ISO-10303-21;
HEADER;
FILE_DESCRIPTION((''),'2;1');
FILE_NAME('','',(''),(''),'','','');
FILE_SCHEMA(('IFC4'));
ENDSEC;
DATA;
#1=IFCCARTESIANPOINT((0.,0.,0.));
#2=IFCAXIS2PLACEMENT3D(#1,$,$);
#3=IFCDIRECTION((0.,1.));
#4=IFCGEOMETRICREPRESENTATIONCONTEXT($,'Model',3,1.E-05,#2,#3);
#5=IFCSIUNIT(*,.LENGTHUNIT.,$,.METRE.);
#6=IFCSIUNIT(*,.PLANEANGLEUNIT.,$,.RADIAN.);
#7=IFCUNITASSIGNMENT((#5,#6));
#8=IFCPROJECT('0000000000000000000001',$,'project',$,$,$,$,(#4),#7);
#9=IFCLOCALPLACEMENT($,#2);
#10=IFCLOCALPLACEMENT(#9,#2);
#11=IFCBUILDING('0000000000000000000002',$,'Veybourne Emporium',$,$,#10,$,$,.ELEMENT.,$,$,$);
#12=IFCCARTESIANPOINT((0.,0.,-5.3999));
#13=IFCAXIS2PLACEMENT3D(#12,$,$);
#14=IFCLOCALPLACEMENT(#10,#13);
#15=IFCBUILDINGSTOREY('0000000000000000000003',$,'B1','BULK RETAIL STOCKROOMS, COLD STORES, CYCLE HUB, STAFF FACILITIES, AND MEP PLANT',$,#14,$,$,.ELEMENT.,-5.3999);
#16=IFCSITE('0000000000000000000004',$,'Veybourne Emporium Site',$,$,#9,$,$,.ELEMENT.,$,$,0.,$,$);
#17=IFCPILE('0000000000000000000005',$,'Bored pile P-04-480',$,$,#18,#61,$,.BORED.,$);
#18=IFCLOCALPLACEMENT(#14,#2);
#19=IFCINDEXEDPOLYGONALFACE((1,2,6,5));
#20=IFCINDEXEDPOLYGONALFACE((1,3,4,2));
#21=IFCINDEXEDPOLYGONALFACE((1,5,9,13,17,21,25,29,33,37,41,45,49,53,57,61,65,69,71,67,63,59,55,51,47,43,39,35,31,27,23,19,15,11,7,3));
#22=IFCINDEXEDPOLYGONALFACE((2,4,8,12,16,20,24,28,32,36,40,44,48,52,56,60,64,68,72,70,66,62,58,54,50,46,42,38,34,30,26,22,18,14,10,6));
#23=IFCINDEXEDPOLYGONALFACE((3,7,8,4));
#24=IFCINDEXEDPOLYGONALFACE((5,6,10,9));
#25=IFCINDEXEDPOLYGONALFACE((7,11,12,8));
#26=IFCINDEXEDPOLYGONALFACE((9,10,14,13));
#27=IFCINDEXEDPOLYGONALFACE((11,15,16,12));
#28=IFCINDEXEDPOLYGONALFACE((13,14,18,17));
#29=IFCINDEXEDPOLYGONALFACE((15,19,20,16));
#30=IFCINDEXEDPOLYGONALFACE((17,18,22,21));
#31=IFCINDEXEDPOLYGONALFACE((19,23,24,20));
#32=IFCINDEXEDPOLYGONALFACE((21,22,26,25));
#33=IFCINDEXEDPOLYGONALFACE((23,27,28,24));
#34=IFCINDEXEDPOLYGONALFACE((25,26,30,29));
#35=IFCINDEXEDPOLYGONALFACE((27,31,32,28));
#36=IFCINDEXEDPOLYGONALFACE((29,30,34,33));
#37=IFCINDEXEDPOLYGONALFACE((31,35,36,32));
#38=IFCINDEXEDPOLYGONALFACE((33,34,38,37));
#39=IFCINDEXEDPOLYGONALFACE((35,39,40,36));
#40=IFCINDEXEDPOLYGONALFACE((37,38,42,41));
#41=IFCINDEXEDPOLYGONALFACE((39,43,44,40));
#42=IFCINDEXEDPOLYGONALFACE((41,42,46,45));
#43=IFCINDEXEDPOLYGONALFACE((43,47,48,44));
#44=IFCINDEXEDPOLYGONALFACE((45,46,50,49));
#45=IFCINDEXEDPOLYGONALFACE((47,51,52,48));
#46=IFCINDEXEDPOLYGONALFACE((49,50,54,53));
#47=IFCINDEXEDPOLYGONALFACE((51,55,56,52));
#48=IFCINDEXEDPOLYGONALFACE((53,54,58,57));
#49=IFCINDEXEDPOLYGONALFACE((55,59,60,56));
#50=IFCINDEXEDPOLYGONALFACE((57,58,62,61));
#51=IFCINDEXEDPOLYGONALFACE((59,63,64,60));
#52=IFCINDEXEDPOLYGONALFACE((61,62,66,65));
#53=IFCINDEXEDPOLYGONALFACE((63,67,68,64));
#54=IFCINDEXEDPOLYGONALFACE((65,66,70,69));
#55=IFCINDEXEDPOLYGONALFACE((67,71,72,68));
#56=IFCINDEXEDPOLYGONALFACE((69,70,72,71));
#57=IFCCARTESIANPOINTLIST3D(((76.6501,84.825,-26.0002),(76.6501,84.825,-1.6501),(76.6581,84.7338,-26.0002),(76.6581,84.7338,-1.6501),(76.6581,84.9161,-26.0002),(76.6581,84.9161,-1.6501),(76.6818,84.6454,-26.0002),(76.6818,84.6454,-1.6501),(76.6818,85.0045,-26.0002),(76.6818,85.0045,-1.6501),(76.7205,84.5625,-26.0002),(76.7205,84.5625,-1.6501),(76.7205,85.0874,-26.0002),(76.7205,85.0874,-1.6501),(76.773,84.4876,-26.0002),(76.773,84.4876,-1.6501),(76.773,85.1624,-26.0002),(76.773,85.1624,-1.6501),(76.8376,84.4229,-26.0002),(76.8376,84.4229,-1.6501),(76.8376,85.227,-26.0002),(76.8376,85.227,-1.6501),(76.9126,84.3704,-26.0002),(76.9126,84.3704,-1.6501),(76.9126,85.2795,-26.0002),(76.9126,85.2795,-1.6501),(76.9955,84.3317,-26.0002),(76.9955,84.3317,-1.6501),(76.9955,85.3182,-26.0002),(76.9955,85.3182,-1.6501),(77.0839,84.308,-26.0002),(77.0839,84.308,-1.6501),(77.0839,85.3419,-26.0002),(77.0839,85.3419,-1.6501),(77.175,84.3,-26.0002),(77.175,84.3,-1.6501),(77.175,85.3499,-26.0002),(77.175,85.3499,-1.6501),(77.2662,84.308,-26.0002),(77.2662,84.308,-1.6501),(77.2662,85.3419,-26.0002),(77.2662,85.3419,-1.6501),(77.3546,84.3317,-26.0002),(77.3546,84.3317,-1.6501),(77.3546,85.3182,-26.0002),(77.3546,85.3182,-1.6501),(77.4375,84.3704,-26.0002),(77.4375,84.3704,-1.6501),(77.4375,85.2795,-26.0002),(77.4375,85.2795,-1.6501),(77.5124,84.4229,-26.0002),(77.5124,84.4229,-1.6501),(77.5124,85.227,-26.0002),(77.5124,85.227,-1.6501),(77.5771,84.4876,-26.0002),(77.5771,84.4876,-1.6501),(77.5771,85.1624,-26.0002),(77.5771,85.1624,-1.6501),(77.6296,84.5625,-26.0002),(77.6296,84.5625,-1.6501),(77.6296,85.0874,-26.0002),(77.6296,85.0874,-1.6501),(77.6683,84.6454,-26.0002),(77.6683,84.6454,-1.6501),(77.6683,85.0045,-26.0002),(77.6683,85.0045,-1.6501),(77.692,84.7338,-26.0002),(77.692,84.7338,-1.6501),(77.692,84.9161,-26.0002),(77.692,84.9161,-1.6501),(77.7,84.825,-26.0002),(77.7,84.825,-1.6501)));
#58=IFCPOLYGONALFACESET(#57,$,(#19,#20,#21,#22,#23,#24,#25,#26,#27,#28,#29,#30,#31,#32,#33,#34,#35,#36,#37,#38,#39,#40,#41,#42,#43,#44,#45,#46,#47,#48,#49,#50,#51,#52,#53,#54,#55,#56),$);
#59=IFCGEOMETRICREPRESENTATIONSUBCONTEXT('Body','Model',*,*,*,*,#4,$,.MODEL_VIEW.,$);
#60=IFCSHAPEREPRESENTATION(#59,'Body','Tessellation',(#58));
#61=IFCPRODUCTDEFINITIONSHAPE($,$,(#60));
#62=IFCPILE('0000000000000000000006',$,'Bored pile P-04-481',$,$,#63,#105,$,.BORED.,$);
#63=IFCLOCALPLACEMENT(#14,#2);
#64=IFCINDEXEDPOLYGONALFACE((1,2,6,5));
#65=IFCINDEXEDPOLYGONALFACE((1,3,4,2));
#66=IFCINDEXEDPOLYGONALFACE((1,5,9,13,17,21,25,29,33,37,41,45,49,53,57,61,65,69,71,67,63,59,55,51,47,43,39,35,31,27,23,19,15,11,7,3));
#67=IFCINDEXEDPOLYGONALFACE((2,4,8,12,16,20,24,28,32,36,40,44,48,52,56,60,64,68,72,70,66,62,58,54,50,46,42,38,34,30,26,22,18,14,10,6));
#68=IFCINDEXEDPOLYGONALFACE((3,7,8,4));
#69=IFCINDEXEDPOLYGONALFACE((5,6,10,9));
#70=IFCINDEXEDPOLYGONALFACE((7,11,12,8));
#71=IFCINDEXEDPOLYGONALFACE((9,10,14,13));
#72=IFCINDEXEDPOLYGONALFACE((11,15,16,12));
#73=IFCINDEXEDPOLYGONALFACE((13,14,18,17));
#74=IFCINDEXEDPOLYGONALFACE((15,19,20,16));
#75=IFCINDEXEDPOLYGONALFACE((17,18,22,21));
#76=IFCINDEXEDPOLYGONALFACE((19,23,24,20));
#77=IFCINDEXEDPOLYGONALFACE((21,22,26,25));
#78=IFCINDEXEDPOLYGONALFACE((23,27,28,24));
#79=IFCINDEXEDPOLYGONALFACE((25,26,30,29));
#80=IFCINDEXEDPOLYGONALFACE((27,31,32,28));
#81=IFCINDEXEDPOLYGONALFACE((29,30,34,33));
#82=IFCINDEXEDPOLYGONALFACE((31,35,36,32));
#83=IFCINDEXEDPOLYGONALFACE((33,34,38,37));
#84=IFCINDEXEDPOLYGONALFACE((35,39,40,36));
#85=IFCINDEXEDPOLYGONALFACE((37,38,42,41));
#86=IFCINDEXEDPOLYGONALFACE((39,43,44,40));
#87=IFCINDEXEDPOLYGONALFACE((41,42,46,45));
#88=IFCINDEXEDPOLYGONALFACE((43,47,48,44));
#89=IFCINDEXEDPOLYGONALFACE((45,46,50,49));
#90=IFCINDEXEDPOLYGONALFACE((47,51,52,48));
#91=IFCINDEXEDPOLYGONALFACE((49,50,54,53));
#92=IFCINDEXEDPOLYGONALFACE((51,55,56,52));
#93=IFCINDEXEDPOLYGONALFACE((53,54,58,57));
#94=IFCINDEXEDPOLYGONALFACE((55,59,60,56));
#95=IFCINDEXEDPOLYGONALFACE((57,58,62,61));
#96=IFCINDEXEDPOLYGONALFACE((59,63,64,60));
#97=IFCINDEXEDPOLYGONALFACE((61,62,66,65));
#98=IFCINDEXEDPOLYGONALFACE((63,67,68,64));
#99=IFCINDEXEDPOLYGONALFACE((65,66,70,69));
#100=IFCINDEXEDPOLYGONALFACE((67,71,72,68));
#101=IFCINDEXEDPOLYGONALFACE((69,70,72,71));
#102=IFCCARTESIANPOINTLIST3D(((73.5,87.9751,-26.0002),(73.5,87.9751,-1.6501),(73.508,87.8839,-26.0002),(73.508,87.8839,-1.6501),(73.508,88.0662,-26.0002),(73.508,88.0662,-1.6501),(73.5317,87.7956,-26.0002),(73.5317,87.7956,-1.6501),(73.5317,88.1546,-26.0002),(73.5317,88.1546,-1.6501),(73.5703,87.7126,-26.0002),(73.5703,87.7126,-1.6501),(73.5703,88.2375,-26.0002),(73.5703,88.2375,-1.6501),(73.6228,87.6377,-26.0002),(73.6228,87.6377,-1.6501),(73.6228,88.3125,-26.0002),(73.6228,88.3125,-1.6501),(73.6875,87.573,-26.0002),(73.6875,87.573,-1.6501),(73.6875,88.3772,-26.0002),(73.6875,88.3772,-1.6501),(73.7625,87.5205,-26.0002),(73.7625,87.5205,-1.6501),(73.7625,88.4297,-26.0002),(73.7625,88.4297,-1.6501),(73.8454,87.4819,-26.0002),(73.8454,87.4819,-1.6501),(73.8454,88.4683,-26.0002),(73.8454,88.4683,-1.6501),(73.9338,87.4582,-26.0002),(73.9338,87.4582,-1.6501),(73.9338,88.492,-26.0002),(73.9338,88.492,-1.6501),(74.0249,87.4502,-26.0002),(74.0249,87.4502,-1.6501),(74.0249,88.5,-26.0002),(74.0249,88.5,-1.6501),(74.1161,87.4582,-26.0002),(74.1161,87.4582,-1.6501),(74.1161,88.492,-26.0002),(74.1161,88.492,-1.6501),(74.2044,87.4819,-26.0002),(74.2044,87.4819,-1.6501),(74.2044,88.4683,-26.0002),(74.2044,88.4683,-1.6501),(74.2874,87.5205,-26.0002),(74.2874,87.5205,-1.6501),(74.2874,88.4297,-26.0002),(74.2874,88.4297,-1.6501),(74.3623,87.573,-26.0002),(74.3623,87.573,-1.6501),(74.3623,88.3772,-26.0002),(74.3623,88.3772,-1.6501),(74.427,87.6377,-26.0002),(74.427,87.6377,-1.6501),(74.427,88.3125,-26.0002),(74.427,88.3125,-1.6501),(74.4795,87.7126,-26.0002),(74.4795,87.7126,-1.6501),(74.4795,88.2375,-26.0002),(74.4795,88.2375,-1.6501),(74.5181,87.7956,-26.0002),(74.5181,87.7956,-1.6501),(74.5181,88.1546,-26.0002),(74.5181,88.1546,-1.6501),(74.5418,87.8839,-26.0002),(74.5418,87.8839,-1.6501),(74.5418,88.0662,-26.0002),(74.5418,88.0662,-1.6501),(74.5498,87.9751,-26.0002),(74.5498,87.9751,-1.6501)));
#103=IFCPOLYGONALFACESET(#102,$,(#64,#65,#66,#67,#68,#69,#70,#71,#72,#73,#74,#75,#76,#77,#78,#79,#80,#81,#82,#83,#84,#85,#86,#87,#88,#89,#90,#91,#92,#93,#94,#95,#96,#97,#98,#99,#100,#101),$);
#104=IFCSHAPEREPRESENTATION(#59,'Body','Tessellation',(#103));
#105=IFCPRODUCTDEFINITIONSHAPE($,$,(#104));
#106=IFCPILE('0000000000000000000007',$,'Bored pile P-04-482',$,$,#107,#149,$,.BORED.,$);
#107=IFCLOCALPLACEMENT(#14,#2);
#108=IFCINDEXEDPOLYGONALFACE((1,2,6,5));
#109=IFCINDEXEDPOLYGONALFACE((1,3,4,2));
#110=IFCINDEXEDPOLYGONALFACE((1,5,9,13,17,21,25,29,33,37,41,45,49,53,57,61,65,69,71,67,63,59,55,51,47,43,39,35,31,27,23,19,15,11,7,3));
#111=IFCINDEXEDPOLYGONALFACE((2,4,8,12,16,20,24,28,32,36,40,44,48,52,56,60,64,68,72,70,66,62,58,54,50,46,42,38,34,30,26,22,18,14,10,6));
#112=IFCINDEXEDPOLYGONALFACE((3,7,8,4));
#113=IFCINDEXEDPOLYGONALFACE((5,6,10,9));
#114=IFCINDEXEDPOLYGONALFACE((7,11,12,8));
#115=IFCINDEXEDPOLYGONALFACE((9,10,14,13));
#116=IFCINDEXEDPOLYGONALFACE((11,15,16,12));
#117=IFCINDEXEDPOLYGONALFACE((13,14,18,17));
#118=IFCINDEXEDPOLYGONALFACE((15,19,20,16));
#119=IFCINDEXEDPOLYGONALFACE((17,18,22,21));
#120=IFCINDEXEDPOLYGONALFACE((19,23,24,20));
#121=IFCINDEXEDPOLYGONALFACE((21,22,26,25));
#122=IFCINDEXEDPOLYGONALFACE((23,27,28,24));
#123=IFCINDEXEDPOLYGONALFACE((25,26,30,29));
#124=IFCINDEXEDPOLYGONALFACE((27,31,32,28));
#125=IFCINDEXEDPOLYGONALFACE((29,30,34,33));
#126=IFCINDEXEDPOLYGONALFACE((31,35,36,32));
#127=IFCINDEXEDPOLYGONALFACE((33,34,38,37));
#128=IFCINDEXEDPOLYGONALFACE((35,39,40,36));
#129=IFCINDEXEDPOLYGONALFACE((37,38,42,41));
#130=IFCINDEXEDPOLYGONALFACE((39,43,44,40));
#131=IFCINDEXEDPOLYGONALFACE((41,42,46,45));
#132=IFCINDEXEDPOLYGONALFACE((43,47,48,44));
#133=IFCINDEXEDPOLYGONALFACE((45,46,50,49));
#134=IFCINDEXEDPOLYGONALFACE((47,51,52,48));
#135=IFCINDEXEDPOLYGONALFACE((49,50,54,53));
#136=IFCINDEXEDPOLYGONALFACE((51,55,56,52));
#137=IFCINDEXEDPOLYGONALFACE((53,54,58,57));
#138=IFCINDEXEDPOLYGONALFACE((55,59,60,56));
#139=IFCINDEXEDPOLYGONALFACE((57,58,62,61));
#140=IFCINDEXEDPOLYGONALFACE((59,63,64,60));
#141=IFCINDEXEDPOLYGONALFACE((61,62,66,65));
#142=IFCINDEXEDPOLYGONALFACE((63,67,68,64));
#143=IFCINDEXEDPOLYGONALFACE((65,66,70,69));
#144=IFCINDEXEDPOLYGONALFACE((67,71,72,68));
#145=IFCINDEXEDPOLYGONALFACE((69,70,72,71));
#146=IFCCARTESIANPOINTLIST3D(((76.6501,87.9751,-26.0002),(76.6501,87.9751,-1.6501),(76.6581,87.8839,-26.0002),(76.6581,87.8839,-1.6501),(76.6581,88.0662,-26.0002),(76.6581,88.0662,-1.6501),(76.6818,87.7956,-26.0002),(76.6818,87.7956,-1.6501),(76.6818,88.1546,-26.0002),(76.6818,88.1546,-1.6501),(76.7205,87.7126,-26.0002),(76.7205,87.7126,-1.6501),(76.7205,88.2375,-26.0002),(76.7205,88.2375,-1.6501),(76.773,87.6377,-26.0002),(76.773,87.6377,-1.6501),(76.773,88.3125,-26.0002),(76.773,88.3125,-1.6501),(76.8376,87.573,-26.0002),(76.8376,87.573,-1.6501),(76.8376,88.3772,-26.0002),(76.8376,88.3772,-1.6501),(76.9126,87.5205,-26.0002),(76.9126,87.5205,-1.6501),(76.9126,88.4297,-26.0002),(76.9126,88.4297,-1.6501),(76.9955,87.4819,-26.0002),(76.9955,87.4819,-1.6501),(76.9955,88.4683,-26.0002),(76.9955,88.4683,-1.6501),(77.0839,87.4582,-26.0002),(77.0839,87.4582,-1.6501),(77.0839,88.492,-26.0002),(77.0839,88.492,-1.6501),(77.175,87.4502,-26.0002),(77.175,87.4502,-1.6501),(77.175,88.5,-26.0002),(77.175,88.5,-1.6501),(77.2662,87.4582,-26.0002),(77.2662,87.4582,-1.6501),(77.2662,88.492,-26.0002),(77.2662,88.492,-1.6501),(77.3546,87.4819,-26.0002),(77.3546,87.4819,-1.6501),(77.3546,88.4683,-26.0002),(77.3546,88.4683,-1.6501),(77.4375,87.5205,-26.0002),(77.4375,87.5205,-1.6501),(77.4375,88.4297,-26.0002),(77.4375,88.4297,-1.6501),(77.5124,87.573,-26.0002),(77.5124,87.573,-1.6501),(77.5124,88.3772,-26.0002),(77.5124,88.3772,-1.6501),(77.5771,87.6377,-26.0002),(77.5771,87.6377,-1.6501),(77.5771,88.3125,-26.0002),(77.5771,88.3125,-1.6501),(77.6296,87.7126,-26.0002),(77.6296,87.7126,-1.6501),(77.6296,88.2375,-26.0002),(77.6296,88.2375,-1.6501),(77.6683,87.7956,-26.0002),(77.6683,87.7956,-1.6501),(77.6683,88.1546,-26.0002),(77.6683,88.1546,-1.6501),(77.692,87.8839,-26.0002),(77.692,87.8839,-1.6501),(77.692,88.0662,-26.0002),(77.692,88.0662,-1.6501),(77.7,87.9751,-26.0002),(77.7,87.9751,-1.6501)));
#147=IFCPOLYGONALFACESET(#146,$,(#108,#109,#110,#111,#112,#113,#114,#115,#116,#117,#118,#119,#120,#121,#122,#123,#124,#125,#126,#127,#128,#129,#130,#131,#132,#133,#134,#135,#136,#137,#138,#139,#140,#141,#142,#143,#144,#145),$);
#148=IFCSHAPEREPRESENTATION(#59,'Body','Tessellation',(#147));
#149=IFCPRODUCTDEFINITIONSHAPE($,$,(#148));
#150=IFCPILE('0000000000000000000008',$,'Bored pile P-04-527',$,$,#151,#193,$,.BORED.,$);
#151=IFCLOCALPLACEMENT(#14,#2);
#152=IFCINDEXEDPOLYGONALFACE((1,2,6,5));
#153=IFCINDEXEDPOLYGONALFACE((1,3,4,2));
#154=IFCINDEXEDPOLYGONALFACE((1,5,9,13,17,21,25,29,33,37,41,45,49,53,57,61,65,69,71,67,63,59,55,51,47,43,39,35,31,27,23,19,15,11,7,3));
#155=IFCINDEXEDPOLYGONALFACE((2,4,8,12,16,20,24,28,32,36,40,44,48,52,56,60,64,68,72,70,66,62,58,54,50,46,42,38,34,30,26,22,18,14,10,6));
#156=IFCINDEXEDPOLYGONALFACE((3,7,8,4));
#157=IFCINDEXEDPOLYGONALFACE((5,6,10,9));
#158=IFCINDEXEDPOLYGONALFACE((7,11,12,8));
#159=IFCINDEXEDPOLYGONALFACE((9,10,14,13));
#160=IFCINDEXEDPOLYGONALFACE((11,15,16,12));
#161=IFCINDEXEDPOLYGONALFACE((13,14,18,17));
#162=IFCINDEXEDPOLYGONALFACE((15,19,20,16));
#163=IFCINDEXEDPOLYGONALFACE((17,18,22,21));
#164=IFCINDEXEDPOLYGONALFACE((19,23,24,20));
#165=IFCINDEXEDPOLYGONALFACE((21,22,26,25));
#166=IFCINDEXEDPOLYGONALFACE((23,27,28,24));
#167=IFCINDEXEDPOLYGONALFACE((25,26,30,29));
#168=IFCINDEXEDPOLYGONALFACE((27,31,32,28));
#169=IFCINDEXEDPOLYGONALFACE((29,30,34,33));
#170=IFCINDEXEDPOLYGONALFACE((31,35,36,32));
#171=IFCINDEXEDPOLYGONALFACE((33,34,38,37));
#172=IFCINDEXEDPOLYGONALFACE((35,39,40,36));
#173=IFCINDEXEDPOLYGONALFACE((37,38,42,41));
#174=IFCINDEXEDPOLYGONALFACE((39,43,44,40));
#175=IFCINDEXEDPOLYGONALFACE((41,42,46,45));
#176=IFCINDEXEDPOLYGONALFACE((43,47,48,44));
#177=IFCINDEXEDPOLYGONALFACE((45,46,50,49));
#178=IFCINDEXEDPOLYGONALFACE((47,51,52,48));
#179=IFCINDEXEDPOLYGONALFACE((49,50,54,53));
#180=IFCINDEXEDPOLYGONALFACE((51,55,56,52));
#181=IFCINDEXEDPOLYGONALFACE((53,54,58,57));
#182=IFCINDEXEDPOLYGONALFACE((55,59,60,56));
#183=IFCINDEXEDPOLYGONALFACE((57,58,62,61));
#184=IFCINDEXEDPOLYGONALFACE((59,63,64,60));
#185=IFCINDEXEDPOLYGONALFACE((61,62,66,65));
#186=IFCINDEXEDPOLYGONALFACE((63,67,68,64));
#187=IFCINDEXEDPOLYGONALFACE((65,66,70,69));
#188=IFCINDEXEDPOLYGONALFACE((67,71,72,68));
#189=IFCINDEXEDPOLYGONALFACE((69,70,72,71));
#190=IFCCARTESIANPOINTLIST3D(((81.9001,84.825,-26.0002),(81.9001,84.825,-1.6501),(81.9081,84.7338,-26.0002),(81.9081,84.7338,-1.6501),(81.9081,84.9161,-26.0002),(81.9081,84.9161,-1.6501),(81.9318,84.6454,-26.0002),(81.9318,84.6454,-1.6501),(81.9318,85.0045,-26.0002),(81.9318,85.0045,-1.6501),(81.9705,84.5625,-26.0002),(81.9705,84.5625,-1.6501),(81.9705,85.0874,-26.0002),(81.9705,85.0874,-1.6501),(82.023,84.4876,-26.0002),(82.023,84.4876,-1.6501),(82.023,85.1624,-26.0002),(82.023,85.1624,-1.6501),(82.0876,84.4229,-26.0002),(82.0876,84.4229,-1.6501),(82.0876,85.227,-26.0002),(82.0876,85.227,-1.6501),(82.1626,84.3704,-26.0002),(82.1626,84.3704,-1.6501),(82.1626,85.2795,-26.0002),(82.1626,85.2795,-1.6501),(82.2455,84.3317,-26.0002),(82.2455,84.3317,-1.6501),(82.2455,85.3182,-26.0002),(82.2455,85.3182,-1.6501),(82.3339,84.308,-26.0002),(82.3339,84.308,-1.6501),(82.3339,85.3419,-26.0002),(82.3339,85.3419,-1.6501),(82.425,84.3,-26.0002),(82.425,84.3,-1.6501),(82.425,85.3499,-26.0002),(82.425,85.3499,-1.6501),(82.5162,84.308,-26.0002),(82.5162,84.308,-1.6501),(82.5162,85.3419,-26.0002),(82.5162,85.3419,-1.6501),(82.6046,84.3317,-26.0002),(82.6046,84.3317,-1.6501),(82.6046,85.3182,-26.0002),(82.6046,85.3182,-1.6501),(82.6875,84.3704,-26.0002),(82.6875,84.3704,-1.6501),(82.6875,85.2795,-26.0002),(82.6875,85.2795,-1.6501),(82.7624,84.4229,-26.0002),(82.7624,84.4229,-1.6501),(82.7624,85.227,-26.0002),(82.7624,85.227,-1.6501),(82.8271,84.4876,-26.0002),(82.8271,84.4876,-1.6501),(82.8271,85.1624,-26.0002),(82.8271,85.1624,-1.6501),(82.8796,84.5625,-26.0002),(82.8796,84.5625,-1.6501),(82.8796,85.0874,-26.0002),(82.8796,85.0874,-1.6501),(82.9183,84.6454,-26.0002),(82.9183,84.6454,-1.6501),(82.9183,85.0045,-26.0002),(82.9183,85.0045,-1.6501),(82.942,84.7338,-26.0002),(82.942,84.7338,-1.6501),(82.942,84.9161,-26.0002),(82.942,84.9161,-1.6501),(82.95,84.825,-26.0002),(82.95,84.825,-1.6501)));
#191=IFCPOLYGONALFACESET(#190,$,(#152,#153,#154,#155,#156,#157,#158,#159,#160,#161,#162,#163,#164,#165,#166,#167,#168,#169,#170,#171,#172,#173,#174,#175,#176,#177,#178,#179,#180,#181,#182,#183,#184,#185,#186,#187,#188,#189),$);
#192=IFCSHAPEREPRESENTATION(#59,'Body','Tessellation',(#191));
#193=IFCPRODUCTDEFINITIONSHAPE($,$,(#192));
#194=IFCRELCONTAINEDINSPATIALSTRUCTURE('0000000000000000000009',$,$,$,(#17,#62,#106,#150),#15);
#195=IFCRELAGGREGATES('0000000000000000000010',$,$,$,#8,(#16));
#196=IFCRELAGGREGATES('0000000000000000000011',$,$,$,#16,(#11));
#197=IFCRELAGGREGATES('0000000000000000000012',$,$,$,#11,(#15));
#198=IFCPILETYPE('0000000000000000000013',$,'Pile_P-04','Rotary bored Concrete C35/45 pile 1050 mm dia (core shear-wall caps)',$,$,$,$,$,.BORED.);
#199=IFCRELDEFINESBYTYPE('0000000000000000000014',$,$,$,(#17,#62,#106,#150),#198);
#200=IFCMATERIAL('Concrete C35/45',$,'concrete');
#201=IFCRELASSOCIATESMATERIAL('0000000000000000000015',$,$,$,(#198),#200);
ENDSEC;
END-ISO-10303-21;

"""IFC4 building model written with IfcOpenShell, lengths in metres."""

from ifc_helpers import new_model, si_unit, direction, frame, origin, origin_2d, place, context, subcontext, project, spatial, circle, extrude, material, material_profile, profile_set, type_object, element, save


model = new_model("IFC4")

# Units and contexts
model_context = context("Model", 3, precision=1e-05, world=origin(), true_north=direction((0.0, 1.0)))
body_context = subcontext(model_context, "Body", "Model", "MODEL_VIEW")
ifc_project = project(units=[si_unit("LENGTHUNIT", "METRE"), si_unit("PLANEANGLEUNIT", "RADIAN")], contexts=[model_context])

# Site, building, storey
site_placement = place(None, origin())
site = spatial("IfcSite", under=ifc_project, at=site_placement, Name="Veybourne Emporium Site", CompositionType="ELEMENT", RefElevation=0.0)
building_placement = place(site_placement, origin())
building = spatial("IfcBuilding", under=site, at=building_placement, Name="Veybourne Emporium", CompositionType="ELEMENT")
storey_placement = place(building_placement, frame((0.0, 0.0, -5.3999)))
storey = spatial("IfcBuildingStorey", under=building, at=storey_placement, Name="B1", Description="BULK RETAIL STOCKROOMS, COLD STORES, CYCLE HUB, STAFF FACILITIES, AND MEP PLANT", CompositionType="ELEMENT", Elevation=-5.3999)

# Shared definitions
ifc_material_1 = material(Name="Concrete C35/45", Category="concrete")

# Piles
ifc_material_profile_1 = material_profile(ifc_material_1, circle(Radius=0.5249, at=origin_2d()), Name="BORED PILE 1050")
ifc_profile_set_1 = profile_set([ifc_material_profile_1], Name="Concrete C35/45")
pile_type = type_object("IfcPileType", Name="Pile_P-04", Description="Rotary bored Concrete C35/45 pile 1050 mm dia (core shear-wall caps)", PredefinedType="BORED", material=ifc_profile_set_1)
for number, where, z_axis, x_axis, name in (
    (1, (77.175, 84.825, -1.6501), (0.0, 0.0, -1.0), (1.0, 0.0, 0.0), "Bored pile P-04-480"),
    (2, (74.0249, 87.9751, -1.6501), (0.0, 0.0, -1.0), (1.0, 0.0, 0.0), "Bored pile P-04-481"),
    (3, (77.175, 87.9751, -1.6501), (0.0, 0.0, -1.0), (1.0, 0.0, 0.0), "Bored pile P-04-482"),
    (4, (82.425, 84.825, -1.6501), (0.0, 0.0, -1.0), (1.0, 0.0, 0.0), "Bored pile P-04-527"),
):
    element("IfcPile", number, at=place(storey_placement, frame(where, z_axis=z_axis, x_axis=x_axis)), inside=storey, type_object=pile_type, Name=name, PredefinedType="BORED", context=body_context, shape_type="SweptSolid", body=[
        extrude(circle(Radius=0.5249, at=origin_2d()), origin(), (0.0, 0.0, 1.0), 24.3501),
    ])

save(model, "model.ifc")
